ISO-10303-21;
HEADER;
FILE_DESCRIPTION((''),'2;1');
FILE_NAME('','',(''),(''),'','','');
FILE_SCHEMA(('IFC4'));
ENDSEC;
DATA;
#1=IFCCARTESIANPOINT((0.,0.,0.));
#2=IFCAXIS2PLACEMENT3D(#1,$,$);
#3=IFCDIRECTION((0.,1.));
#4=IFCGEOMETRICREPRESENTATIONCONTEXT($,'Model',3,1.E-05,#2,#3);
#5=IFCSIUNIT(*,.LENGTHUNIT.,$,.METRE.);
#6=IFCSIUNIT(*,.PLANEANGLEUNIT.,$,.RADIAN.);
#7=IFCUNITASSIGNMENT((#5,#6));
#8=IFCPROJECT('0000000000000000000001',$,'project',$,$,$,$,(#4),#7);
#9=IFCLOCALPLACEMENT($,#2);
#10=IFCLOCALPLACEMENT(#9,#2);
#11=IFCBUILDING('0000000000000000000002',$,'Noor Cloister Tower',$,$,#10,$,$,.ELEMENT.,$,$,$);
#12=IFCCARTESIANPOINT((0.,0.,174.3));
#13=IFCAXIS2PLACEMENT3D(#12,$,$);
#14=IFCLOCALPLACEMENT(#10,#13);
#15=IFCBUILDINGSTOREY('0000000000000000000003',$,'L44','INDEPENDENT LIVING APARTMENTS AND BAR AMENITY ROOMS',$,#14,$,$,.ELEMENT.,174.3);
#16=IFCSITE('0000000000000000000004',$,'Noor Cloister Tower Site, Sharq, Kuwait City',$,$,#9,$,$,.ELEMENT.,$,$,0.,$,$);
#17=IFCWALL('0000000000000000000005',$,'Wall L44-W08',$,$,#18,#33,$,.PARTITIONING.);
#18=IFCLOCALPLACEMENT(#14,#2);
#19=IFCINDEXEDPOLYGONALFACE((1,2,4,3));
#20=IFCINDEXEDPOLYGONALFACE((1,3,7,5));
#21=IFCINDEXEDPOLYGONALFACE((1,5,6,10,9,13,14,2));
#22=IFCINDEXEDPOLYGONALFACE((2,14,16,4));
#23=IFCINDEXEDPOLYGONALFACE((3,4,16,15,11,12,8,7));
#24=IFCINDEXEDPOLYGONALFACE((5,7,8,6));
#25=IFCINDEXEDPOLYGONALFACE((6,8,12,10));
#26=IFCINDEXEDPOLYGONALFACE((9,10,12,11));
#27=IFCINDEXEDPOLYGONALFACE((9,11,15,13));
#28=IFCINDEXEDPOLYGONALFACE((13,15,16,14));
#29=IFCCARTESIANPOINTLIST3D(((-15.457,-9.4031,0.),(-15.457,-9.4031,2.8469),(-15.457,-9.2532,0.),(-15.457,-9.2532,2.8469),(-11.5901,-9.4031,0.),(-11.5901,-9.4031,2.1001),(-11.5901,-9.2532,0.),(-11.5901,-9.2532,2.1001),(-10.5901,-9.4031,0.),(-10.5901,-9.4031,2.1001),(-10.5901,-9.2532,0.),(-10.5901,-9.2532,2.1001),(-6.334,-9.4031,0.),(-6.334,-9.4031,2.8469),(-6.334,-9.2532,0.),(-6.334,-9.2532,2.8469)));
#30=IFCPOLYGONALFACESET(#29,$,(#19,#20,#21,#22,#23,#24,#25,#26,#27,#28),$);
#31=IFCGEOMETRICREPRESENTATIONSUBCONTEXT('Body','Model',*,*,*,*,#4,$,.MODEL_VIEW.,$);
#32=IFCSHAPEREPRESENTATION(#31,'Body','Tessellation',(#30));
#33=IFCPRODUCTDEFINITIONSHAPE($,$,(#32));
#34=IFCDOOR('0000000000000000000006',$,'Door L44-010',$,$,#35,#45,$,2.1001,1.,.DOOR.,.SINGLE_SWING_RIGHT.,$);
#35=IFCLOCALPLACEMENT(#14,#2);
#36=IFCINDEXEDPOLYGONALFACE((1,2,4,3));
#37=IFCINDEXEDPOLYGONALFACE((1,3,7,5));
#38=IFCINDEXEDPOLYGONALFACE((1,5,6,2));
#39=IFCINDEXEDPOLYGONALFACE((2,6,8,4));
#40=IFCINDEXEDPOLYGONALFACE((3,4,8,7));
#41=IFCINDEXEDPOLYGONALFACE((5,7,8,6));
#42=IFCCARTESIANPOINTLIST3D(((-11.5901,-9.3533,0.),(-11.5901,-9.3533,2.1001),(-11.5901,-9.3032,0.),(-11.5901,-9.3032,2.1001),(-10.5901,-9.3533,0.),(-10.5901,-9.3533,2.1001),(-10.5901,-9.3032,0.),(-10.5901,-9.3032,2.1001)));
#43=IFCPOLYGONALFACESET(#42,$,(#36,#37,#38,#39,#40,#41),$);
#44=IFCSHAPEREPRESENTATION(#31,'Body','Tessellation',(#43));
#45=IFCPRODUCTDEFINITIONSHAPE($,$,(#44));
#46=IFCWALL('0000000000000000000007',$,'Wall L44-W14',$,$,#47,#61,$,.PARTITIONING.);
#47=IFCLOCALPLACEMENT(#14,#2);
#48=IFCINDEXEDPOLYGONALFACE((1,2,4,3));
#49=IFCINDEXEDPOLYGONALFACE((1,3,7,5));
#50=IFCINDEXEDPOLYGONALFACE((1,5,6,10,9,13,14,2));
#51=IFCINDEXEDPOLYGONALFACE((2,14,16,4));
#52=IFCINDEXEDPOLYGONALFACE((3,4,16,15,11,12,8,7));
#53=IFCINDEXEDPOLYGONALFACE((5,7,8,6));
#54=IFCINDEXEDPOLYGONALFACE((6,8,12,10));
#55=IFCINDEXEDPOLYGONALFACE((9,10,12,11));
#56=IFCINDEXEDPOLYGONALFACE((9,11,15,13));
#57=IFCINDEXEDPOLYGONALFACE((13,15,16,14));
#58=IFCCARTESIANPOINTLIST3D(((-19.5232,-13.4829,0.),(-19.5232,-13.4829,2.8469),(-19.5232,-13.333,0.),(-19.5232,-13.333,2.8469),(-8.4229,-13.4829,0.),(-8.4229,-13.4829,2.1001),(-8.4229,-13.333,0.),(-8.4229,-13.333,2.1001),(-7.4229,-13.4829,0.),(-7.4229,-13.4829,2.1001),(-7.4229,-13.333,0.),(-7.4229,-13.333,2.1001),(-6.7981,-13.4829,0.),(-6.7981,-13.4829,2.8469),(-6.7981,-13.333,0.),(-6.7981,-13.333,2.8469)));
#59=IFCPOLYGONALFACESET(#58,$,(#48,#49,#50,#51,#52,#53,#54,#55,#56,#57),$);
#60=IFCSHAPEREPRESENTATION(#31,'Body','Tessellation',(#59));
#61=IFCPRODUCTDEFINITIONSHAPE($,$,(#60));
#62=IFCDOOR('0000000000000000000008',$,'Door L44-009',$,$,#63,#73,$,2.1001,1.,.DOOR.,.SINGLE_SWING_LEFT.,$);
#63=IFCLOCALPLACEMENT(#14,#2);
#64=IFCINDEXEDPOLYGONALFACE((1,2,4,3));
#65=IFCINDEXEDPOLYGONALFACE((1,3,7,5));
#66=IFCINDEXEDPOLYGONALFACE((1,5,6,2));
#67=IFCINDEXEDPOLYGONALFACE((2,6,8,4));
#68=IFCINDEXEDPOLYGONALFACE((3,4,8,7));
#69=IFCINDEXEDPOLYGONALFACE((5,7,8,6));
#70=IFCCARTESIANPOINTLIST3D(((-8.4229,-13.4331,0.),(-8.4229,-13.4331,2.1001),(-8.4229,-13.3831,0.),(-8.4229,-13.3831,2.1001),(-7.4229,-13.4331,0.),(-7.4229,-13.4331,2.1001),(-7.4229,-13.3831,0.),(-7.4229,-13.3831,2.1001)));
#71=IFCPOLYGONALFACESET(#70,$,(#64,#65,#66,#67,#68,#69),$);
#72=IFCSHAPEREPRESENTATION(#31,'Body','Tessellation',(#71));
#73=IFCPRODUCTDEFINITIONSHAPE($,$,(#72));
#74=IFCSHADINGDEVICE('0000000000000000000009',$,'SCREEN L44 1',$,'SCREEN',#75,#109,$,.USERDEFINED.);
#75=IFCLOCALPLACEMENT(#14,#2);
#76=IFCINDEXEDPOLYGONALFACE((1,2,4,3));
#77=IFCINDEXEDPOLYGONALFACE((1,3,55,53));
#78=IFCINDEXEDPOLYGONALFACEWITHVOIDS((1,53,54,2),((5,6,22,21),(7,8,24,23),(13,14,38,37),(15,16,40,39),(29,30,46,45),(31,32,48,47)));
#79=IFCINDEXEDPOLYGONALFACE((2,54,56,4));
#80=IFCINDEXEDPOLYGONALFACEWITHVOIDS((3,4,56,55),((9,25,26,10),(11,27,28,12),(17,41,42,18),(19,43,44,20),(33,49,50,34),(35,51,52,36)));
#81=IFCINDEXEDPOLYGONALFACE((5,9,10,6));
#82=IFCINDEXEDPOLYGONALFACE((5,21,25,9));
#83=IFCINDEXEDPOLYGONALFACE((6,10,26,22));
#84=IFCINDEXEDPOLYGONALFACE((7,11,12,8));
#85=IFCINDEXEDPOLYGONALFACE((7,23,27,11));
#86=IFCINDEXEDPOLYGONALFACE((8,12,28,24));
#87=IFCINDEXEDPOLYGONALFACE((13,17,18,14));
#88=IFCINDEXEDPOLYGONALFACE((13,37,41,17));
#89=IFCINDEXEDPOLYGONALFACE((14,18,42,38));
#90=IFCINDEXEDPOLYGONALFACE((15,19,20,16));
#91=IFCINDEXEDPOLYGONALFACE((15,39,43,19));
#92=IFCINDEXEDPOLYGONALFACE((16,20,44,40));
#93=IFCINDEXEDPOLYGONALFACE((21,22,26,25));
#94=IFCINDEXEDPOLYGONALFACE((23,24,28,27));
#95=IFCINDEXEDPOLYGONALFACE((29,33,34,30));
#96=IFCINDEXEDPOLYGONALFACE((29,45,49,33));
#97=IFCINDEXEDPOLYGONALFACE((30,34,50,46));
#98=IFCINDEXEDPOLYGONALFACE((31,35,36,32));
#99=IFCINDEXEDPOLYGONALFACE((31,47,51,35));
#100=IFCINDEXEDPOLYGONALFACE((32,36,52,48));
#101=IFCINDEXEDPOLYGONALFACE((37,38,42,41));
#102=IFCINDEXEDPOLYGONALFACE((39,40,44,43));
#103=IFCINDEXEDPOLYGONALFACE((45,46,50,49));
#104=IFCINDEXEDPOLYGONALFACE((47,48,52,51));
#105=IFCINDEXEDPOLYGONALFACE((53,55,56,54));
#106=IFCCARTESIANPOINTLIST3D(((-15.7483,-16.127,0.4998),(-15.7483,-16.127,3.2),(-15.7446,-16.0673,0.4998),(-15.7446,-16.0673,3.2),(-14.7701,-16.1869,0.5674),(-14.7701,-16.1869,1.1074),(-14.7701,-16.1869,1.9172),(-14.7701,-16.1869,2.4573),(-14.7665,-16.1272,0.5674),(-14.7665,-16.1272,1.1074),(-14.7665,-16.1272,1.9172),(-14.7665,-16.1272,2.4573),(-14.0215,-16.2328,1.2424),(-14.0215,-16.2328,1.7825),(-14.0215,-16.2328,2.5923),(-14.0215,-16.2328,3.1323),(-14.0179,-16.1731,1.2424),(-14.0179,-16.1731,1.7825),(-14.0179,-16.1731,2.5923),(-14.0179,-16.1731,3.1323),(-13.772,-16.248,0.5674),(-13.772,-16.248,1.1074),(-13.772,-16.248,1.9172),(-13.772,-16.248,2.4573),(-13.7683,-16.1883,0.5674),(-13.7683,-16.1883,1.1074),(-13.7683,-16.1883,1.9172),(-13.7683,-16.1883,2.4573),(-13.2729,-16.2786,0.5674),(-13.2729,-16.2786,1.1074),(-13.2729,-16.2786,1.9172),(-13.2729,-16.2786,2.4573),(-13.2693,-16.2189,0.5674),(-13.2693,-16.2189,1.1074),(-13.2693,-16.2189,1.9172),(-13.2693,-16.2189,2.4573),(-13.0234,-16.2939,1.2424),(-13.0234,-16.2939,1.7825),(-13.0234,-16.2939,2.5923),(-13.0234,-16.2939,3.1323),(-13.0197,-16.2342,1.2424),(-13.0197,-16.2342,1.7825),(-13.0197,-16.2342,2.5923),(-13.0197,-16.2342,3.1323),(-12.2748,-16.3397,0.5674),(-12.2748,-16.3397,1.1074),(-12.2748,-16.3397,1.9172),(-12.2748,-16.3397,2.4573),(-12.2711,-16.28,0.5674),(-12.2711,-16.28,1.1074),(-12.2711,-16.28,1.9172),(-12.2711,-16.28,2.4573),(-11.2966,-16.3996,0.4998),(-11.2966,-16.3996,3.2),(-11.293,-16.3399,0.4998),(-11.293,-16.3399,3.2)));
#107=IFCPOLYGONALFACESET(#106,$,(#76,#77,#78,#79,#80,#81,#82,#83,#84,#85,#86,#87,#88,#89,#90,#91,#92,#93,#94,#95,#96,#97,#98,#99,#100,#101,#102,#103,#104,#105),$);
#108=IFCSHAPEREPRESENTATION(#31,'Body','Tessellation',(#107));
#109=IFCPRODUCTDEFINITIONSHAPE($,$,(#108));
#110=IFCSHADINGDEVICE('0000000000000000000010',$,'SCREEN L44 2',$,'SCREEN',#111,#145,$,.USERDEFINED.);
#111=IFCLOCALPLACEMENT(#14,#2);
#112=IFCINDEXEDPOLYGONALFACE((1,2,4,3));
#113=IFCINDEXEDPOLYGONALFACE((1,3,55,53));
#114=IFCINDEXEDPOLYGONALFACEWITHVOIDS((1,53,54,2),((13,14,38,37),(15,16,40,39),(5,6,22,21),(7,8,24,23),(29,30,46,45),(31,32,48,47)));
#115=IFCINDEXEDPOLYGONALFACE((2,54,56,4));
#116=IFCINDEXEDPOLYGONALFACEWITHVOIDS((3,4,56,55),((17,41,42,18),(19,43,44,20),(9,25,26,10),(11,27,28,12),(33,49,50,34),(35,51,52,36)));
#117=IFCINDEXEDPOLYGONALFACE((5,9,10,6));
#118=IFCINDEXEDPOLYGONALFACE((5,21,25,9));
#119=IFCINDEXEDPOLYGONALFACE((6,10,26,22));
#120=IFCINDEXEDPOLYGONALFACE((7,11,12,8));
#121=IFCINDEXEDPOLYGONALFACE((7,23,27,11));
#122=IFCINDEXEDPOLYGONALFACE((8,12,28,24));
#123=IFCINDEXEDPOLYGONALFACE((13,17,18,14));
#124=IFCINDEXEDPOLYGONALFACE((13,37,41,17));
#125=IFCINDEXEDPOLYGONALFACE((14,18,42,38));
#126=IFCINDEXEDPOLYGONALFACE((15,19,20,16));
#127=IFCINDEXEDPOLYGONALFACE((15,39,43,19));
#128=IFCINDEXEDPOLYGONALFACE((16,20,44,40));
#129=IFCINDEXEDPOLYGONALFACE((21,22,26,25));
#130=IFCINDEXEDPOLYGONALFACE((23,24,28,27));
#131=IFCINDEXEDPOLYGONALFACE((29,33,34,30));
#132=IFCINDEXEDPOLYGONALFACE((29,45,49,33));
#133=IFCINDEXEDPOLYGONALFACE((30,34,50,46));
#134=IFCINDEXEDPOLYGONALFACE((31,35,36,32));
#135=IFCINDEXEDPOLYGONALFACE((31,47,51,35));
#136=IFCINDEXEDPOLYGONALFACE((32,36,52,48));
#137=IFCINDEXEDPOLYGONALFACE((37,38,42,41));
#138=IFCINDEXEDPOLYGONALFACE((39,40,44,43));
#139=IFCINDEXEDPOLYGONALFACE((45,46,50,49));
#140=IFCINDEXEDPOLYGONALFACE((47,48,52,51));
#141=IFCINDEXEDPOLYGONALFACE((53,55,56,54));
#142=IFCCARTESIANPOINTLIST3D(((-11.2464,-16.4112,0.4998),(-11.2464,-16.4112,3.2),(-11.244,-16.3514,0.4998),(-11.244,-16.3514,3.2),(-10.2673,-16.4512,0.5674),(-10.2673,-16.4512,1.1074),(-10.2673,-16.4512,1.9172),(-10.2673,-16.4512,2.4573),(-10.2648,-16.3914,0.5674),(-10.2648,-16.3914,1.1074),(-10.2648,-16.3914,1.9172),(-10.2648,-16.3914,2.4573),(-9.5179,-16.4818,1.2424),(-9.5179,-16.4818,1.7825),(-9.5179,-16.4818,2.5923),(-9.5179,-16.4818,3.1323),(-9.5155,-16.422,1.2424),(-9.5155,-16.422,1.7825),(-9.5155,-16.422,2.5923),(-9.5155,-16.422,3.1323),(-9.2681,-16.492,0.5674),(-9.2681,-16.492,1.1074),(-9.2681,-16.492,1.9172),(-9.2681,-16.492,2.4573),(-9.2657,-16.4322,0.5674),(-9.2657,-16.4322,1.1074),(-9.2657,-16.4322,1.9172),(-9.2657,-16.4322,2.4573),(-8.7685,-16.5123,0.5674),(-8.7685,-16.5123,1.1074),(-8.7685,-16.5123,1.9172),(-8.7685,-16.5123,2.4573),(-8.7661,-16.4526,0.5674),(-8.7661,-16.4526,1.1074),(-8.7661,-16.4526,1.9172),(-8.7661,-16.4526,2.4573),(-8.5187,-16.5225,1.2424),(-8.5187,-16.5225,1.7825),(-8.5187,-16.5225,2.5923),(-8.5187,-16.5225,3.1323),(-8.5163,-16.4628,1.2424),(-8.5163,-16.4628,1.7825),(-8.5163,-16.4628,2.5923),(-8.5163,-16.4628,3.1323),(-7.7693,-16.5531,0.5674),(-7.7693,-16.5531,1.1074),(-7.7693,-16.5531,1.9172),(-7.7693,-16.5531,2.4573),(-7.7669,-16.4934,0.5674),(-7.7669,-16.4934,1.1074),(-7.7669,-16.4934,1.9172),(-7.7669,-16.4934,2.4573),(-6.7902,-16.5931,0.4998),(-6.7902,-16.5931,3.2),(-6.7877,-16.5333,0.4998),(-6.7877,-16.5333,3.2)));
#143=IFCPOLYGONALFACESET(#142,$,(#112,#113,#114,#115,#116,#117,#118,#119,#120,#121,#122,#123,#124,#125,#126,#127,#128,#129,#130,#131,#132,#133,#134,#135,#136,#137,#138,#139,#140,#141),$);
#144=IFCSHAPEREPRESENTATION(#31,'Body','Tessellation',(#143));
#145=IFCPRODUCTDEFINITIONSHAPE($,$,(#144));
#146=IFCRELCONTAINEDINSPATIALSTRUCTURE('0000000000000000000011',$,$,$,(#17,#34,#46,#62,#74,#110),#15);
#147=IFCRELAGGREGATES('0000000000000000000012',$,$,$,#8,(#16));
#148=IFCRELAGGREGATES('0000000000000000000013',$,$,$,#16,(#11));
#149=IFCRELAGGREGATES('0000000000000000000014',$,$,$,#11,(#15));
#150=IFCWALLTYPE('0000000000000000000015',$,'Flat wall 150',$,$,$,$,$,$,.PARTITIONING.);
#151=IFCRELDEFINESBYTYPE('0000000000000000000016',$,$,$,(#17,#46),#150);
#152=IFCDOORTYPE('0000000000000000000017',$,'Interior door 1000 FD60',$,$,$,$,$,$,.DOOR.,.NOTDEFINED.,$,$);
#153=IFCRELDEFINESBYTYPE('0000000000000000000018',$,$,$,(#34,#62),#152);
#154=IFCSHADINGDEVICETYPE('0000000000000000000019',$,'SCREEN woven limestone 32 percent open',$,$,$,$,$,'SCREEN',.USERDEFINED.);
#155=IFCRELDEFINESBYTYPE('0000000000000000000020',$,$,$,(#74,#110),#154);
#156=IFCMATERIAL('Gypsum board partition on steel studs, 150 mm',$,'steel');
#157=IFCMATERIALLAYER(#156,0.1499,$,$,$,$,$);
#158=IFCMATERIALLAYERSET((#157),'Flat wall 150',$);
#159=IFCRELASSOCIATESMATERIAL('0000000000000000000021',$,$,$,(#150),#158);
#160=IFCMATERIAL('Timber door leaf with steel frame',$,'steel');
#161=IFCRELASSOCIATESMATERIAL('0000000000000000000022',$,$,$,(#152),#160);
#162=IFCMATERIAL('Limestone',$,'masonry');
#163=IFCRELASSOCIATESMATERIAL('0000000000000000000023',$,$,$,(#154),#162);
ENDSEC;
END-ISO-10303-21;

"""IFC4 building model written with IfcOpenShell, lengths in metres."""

from ifc_helpers import new_model, si_unit, direction, frame, frame_2d, origin, place, context, subcontext, project, spatial, polyline, rectangle, outline, extrude, material, layer, layer_set, material_profile, profile_set, type_object, element, fill, save


model = new_model("IFC4")

# Units and contexts
model_context = context("Model", 3, precision=1e-05, world=origin(), true_north=direction((0.0, 1.0)))
body_context = subcontext(model_context, "Body", "Model", "MODEL_VIEW")
ifc_project = project(units=[si_unit("LENGTHUNIT", "METRE"), si_unit("PLANEANGLEUNIT", "RADIAN")], contexts=[model_context])

# Site, building, storey
site_placement = place(None, origin())
site = spatial("IfcSite", under=ifc_project, at=site_placement, Name="Noor Cloister Tower Site, Sharq, Kuwait City", CompositionType="ELEMENT", RefElevation=0.0)
building_placement = place(site_placement, origin())
building = spatial("IfcBuilding", under=site, at=building_placement, Name="Noor Cloister Tower", CompositionType="ELEMENT")
storey_placement = place(building_placement, frame((0.0, 0.0, 174.3)))
storey = spatial("IfcBuildingStorey", under=building, at=storey_placement, Name="L44", Description="INDEPENDENT LIVING APARTMENTS AND BAR AMENITY ROOMS", CompositionType="ELEMENT", Elevation=174.3)

# Walls, openings, doors
ifc_material_1 = material(Name="Gypsum board partition on steel studs, 150 mm", Category="steel")
ifc_layer_1 = layer(ifc_material_1, 0.1499)
ifc_layer_set_1 = layer_set([ifc_layer_1], Name="Flat wall 150")
wall_type_1 = type_object("IfcWallType", Name="Flat wall 150", PredefinedType="PARTITIONING", material=ifc_layer_set_1)
wall_1_placement = place(storey_placement, frame((-15.457, -9.3281, 0.0), z_axis=(0.0, 0.0, 1.0), x_axis=(1.0, 0.0, 0.0)))
wall_1 = element("IfcWall", 1, at=wall_1_placement, inside=storey, type_object=wall_type_1, Name="Wall L44-W08", PredefinedType="PARTITIONING", context=body_context, shape_type="SweptSolid", body=[
    extrude(rectangle(XDim=9.123, YDim=0.1499, at=frame_2d((4.5615, 0.0))), origin(), (0.0, 0.0, 1.0), 2.8469),
])
opening_1_placement = place(wall_1_placement, frame((3.8669, 0.0, 0.0)))
opening_1 = element("IfcOpeningElement", 2, at=opening_1_placement, cuts=wall_1, PredefinedType="OPENING", context=body_context, shape_type="SweptSolid", body=[
    extrude(rectangle(XDim=1.0, YDim=2.1001, at=frame_2d((0.5, 1.05))), frame((0.0, 0.085, 0.0), z_axis=(0.0, -1.0, 0.0), x_axis=(1.0, 0.0, 0.0)), (0.0, 0.0, 1.0), 0.1699),
])
ifc_material_2 = material(Name="Timber door leaf with steel frame", Category="steel")
door_type_1 = type_object("IfcDoorType", Name="Interior door 1000 FD60", OperationType="NOTDEFINED", PredefinedType="DOOR", material=ifc_material_2)
door_1_placement = place(opening_1_placement, origin())
door_1 = element("IfcDoor", 3, at=door_1_placement, inside=storey, type_object=door_type_1, Name="Door L44-010", OperationType="SINGLE_SWING_RIGHT", OverallHeight=2.1001, OverallWidth=1.0, PredefinedType="DOOR", context=body_context, shape_type="SweptSolid", body=[
    extrude(rectangle(XDim=1.0, YDim=2.1001, at=frame_2d((0.5, 1.05))), frame((0.0, 0.0249, 0.0), z_axis=(0.0, -1.0, 0.0), x_axis=(1.0, 0.0, 0.0)), (0.0, 0.0, 1.0), 0.05),
])
fill(opening_1, door_1)
wall_2_placement = place(storey_placement, frame((-19.5232, -13.408, 0.0), z_axis=(0.0, 0.0, 1.0), x_axis=(1.0, 0.0, 0.0)))
wall_2 = element("IfcWall", 4, at=wall_2_placement, inside=storey, type_object=wall_type_1, Name="Wall L44-W14", PredefinedType="PARTITIONING", context=body_context, shape_type="SweptSolid", body=[
    extrude(rectangle(XDim=12.7251, YDim=0.1499, at=frame_2d((6.3625, 0.0))), origin(), (0.0, 0.0, 1.0), 2.8469),
])
opening_2_placement = place(wall_2_placement, frame((11.1003, 0.0, 0.0)))
opening_2 = element("IfcOpeningElement", 5, at=opening_2_placement, cuts=wall_2, PredefinedType="OPENING", context=body_context, shape_type="SweptSolid", body=[
    extrude(rectangle(XDim=1.0, YDim=2.1001, at=frame_2d((0.5, 1.05))), frame((0.0, 0.085, 0.0), z_axis=(0.0, -1.0, 0.0), x_axis=(1.0, 0.0, 0.0)), (0.0, 0.0, 1.0), 0.1699),
])
door_2_placement = place(opening_2_placement, origin())
door_2 = element("IfcDoor", 6, at=door_2_placement, inside=storey, type_object=door_type_1, Name="Door L44-009", OperationType="SINGLE_SWING_LEFT", OverallHeight=2.1001, OverallWidth=1.0, PredefinedType="DOOR", context=body_context, shape_type="SweptSolid", body=[
    extrude(rectangle(XDim=1.0, YDim=2.1001, at=frame_2d((0.5, 1.05))), frame((0.0, 0.0249, 0.0), z_axis=(0.0, -1.0, 0.0), x_axis=(1.0, 0.0, 0.0)), (0.0, 0.0, 1.0), 0.05),
])
fill(opening_2, door_2)

# Shading devices
ifc_material_3 = material(Name="Limestone", Category="masonry")
ifc_material_profile_1 = material_profile(ifc_material_3, outline(polyline([(-2.23, -1.3501), (2.23, -1.3501), (2.23, 1.3501), (-2.23, 1.3501), (-2.23, -1.3501)]), holes=[polyline([(-1.25, -1.2825), (-0.25, -1.2825), (-0.25, -0.7424), (-1.25, -0.7424), (-1.25, -1.2825)]), polyline([(0.25, -1.2825), (1.25, -1.2825), (1.25, -0.7424), (0.25, -0.7424), (0.25, -1.2825)]), polyline([(-0.5, -0.6074), (0.5, -0.6074), (0.5, -0.0674), (-0.5, -0.0674), (-0.5, -0.6074)]), polyline([(-1.25, 0.0674), (-0.25, 0.0674), (-0.25, 0.6074), (-1.25, 0.6074), (-1.25, 0.0674)]), polyline([(0.25, 0.0674), (1.25, 0.0674), (1.25, 0.6074), (0.25, 0.6074), (0.25, 0.0674)]), polyline([(-0.5, 0.7424), (0.5, 0.7424), (0.5, 1.2825), (-0.5, 1.2825), (-0.5, 0.7424)])]), Name="Woven screen 32 percent open")
ifc_profile_set_1 = profile_set([ifc_material_profile_1], Name="Limestone")
shading_device_type = type_object("IfcShadingDeviceType", Name="SCREEN woven limestone 32 percent open", ElementType="SCREEN", PredefinedType="USERDEFINED", material=ifc_profile_set_1)
for number, where, z_axis, x_axis, name in (
    (7, (-13.5188, -16.2036, 1.8499), (-0.06111, -0.998131, 0.0), (0.998131, -0.06111, 0.0), "SCREEN L44 1"),
    (8, (-9.0159, -16.4424, 1.8499), (-0.040782, -0.999168, 0.0), (0.999168, -0.040782, 0.0), "SCREEN L44 2"),
):
    element("IfcShadingDevice", number, at=place(storey_placement, frame(where, z_axis=z_axis, x_axis=x_axis)), inside=storey, type_object=shading_device_type, Name=name, ObjectType="SCREEN", PredefinedType="USERDEFINED", context=body_context, shape_type="SweptSolid", body=[
        extrude(outline(polyline([(-2.23, -1.3501), (2.23, -1.3501), (2.23, 1.3501), (-2.23, 1.3501), (-2.23, -1.3501)]), holes=[polyline([(-1.25, -1.2825), (-0.25, -1.2825), (-0.25, -0.7424), (-1.25, -0.7424), (-1.25, -1.2825)]), polyline([(0.25, -1.2825), (1.25, -1.2825), (1.25, -0.7424), (0.25, -0.7424), (0.25, -1.2825)]), polyline([(-0.5, -0.6074), (0.5, -0.6074), (0.5, -0.0674), (-0.5, -0.0674), (-0.5, -0.6074)]), polyline([(-1.25, 0.0674), (-0.25, 0.0674), (-0.25, 0.6074), (-1.25, 0.6074), (-1.25, 0.0674)]), polyline([(0.25, 0.0674), (1.25, 0.0674), (1.25, 0.6074), (0.25, 0.6074), (0.25, 0.0674)]), polyline([(-0.5, 0.7424), (0.5, 0.7424), (0.5, 1.2825), (-0.5, 1.2825), (-0.5, 0.7424)])]), origin(), (0.0, 0.0, 1.0), 0.0598),
    ])

save(model, "model.ifc")
